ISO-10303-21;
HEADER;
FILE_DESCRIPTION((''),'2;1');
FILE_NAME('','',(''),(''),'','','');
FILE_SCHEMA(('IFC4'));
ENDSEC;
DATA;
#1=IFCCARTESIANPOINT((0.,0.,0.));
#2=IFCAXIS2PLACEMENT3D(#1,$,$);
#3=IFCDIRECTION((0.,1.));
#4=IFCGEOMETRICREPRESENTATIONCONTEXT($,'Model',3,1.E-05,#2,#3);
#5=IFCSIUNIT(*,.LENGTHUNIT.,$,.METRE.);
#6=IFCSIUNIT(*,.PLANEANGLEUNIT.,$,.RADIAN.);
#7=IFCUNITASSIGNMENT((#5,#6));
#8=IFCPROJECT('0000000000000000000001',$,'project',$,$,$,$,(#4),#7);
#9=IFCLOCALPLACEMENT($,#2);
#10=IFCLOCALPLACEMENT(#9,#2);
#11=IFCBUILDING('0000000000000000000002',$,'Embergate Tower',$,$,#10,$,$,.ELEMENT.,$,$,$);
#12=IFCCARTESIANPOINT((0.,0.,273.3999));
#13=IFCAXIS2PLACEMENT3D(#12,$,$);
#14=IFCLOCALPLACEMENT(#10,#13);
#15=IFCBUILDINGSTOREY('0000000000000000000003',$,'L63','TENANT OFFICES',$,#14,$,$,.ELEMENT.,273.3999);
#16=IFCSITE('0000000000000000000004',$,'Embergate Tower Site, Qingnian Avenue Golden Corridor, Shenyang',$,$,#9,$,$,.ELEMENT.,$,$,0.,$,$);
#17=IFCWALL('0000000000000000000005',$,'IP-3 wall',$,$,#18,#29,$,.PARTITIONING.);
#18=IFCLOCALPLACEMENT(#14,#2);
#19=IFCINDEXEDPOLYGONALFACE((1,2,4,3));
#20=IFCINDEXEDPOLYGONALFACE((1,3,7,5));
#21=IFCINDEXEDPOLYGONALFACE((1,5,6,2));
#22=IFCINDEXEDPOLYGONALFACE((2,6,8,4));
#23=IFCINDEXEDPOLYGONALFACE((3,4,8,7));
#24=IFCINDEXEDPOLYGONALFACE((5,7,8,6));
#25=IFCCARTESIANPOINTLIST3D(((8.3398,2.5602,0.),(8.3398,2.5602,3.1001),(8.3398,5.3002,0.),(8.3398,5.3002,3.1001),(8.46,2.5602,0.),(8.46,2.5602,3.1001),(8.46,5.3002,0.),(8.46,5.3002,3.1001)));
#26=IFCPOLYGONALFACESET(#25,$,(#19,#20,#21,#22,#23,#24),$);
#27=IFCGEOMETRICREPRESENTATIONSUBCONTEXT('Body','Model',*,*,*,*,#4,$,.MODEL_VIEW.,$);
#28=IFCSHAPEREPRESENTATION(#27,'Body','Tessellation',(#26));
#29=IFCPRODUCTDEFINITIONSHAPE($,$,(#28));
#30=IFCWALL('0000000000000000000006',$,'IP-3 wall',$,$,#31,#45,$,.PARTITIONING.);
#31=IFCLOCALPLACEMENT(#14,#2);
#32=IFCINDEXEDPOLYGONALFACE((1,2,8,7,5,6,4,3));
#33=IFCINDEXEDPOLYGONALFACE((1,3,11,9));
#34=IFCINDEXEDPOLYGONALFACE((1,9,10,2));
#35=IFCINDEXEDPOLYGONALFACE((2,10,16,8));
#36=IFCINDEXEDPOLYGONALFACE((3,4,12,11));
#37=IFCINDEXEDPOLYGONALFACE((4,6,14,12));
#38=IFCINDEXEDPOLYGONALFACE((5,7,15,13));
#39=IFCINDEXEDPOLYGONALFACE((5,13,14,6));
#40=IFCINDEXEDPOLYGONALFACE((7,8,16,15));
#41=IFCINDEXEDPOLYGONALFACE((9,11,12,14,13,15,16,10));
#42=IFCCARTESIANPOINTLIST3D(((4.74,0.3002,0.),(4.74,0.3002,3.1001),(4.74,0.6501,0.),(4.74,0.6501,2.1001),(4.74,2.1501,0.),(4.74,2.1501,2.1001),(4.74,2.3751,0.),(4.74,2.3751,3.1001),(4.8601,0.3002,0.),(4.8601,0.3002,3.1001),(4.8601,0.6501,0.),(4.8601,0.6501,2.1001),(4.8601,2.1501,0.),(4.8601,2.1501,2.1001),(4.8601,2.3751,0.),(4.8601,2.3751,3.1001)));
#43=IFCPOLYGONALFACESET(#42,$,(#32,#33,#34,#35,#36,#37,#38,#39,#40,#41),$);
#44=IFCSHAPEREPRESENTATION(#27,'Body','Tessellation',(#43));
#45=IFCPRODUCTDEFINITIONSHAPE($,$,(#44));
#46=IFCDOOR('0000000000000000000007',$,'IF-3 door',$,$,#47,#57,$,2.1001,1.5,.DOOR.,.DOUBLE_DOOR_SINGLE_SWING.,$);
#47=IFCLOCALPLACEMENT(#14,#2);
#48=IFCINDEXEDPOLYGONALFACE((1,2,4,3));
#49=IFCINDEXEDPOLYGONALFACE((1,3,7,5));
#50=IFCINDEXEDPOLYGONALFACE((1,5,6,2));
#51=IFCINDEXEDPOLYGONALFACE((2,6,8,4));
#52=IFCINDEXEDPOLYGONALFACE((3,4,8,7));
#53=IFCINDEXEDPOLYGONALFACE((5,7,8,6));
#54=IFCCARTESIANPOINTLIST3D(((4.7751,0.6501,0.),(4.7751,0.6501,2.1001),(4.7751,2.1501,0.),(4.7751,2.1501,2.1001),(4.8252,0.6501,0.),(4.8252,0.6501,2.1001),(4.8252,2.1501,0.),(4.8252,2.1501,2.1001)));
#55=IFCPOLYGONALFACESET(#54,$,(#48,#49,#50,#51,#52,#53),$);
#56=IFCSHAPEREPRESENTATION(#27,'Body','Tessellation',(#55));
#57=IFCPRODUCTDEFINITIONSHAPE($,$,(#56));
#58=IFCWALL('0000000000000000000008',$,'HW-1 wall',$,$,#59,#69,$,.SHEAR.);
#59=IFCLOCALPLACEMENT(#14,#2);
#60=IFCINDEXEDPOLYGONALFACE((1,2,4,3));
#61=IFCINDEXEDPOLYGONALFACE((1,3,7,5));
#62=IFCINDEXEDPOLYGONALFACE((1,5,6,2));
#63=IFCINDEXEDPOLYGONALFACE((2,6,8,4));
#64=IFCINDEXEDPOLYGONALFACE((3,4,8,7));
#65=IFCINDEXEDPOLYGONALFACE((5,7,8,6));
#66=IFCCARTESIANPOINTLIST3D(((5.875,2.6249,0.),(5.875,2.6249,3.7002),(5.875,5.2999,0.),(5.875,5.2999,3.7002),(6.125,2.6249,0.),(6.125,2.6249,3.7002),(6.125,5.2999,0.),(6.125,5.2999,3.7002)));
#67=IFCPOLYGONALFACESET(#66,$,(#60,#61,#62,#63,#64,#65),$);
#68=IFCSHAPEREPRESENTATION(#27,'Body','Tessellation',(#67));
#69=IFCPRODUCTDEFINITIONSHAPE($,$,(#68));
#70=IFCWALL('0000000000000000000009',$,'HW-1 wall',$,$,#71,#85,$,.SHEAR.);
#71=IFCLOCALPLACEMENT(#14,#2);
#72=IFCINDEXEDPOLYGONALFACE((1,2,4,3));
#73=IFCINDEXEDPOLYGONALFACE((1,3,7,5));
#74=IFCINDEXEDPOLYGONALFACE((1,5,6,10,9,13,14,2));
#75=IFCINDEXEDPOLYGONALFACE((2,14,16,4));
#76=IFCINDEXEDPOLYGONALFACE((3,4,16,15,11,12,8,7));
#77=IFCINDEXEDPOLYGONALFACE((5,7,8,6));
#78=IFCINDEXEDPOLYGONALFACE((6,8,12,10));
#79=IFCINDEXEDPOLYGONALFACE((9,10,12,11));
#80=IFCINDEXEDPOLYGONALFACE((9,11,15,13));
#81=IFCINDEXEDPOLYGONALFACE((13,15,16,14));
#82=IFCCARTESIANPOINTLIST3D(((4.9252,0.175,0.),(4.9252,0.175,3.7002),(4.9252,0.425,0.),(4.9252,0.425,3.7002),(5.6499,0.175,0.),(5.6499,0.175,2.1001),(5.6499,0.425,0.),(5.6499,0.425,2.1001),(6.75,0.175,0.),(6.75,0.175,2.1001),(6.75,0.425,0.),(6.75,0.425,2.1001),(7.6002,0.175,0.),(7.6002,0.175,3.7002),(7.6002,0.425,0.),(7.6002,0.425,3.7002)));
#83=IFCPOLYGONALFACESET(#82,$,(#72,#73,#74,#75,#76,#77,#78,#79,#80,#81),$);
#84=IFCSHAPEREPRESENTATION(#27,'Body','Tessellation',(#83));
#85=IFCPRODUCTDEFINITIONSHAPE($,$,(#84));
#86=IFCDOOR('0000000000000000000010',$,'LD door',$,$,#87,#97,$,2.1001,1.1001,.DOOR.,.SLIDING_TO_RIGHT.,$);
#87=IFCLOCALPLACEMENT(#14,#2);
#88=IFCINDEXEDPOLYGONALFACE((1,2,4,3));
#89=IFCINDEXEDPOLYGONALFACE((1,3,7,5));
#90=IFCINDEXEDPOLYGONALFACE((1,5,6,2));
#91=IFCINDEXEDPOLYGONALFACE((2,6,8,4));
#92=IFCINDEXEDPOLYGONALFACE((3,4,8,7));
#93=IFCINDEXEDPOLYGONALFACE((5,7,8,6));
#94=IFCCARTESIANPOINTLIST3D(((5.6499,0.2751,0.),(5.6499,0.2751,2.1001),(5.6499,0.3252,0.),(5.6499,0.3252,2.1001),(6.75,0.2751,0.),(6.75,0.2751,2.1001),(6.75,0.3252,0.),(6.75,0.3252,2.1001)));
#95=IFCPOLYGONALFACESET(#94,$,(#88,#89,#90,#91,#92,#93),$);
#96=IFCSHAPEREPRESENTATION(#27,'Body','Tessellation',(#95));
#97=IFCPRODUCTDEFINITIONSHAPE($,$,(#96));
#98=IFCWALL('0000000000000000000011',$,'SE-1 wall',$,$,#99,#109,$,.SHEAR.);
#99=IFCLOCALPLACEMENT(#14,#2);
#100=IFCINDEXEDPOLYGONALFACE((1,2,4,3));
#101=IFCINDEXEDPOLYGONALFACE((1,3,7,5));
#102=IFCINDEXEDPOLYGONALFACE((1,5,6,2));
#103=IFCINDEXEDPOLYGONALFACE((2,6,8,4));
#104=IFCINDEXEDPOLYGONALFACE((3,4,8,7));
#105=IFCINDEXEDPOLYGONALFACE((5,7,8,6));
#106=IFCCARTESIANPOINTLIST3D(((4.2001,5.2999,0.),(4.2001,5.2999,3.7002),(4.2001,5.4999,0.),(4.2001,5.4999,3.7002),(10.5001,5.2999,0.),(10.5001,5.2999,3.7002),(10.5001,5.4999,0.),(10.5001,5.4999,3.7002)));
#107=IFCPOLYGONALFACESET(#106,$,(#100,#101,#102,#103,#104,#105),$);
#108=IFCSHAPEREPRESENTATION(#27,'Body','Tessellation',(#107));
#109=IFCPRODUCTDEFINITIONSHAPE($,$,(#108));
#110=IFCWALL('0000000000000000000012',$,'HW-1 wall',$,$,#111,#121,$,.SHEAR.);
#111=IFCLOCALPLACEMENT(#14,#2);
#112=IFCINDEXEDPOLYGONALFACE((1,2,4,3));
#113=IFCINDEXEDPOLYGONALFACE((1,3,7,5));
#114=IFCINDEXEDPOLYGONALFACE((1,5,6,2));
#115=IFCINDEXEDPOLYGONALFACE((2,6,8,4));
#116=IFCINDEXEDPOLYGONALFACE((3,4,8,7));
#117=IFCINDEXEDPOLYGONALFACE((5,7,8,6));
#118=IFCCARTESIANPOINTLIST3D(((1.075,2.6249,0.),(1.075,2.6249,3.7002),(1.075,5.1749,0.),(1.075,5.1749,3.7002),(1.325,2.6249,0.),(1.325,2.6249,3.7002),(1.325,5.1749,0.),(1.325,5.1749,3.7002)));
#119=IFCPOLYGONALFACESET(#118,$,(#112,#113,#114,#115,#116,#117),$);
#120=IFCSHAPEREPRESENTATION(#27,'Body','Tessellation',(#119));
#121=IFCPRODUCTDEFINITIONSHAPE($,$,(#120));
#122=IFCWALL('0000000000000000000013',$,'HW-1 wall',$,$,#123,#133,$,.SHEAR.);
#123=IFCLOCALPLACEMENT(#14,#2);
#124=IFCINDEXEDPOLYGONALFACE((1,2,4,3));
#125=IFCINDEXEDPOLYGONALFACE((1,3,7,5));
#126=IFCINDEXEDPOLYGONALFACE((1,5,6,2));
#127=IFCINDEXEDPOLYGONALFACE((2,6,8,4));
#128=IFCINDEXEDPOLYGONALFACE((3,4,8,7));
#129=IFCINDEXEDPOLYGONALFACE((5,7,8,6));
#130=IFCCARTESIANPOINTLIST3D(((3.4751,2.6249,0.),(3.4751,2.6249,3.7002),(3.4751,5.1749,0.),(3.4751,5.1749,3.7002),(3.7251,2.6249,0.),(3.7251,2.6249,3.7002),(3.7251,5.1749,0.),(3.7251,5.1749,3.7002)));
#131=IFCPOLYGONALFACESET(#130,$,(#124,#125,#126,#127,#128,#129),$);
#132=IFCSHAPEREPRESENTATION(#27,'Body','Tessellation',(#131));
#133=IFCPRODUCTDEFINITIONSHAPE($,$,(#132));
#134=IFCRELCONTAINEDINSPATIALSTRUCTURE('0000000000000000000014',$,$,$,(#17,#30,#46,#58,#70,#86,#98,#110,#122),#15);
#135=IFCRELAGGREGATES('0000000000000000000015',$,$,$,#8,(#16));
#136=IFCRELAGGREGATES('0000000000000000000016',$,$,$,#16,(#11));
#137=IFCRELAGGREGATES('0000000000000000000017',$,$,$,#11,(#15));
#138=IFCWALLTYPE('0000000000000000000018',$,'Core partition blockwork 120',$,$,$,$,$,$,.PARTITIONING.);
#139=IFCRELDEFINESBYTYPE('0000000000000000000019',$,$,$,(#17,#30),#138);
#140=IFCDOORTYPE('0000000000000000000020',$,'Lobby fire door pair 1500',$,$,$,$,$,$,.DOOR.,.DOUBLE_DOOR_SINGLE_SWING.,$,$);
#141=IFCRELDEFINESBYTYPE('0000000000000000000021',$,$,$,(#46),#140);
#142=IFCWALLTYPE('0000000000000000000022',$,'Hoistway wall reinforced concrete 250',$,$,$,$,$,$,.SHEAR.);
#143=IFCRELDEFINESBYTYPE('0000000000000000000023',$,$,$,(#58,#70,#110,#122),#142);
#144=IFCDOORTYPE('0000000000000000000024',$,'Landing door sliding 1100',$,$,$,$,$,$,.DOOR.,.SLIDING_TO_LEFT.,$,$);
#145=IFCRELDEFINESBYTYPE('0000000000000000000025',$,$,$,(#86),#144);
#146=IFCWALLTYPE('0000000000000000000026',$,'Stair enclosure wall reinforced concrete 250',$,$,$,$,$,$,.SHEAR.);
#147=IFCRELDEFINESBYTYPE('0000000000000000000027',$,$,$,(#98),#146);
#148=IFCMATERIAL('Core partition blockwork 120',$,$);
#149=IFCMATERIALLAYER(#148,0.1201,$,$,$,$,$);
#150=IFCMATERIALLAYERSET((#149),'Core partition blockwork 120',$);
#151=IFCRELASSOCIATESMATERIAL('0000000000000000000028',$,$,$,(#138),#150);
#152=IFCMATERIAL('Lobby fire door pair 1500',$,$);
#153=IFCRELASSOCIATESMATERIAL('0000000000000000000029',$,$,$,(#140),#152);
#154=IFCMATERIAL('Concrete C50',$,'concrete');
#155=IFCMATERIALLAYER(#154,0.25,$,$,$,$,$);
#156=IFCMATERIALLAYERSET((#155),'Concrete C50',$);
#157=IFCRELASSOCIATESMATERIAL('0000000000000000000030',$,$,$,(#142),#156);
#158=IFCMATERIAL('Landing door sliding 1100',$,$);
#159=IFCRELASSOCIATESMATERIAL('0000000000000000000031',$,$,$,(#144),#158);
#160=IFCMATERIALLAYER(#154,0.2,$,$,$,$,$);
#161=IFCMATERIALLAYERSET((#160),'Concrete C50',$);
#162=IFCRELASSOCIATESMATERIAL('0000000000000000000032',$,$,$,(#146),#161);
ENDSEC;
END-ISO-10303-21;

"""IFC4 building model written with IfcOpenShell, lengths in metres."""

from ifc_helpers import new_model, si_unit, direction, frame, frame_2d, origin, place, context, subcontext, project, spatial, rectangle, extrude, source, transform, mapped, material, layer, layer_set, type_object, element, fill, save


model = new_model("IFC4")

# Units and contexts
model_context = context("Model", 3, precision=1e-05, world=origin(), true_north=direction((0.0, 1.0)))
body_context = subcontext(model_context, "Body", "Model", "MODEL_VIEW")
ifc_project = project(units=[si_unit("LENGTHUNIT", "METRE"), si_unit("PLANEANGLEUNIT", "RADIAN")], contexts=[model_context])

# Site, building, storey
site_placement = place(None, origin())
site = spatial("IfcSite", under=ifc_project, at=site_placement, Name="Embergate Tower Site, Qingnian Avenue Golden Corridor, Shenyang", CompositionType="ELEMENT", RefElevation=0.0)
building_placement = place(site_placement, origin())
building = spatial("IfcBuilding", under=site, at=building_placement, Name="Embergate Tower", CompositionType="ELEMENT")
storey_placement = place(building_placement, frame((0.0, 0.0, 273.3999)))
storey = spatial("IfcBuildingStorey", under=building, at=storey_placement, Name="L63", Description="TENANT OFFICES", CompositionType="ELEMENT", Elevation=273.3999)

# Wall
ifc_material_1 = material(Name="Core partition blockwork 120")
ifc_layer_1 = layer(ifc_material_1, 0.1201)
ifc_layer_set_1 = layer_set([ifc_layer_1], Name="Core partition blockwork 120")
wall_type_1 = type_object("IfcWallType", Name="Core partition blockwork 120", PredefinedType="PARTITIONING", material=ifc_layer_set_1)
shared_shape_1 = source(origin(), body_context, "Body", "SweptSolid", [
    extrude(rectangle(XDim=2.74, YDim=0.1201, at=frame_2d((1.3701, 0.0))), origin(), (0.0, 0.0, 1.0), 3.1001),
])
wall_1_placement = place(storey_placement, frame((8.3999, 2.5601, 0.0), z_axis=(0.0, 0.0, 1.0), x_axis=(0.0, 1.0, 0.0)))
element("IfcWall", 1, at=wall_1_placement, inside=storey, type_object=wall_type_1, Name="IP-3 wall", PredefinedType="PARTITIONING", context=body_context, shape_type="MappedRepresentation", body=[
    mapped(shared_shape_1, transform((0.0, 0.0, 0.0))),
])

# Wall, opening, door
shared_shape_2 = source(origin(), body_context, "Body", "SweptSolid", [
    extrude(rectangle(XDim=2.075, YDim=0.1201, at=frame_2d((1.0376, 0.0))), origin(), (0.0, 0.0, 1.0), 3.1001),
])
wall_2_placement = place(storey_placement, frame((4.8, 0.3, 0.0), z_axis=(0.0, 0.0, 1.0), x_axis=(0.0, 1.0, 0.0)))
wall_2 = element("IfcWall", 2, at=wall_2_placement, inside=storey, type_object=wall_type_1, Name="IP-3 wall", PredefinedType="PARTITIONING", context=body_context, shape_type="MappedRepresentation", body=[
    mapped(shared_shape_2, transform((0.0, 0.0, 0.0))),
])
shared_shape_3 = source(origin(), body_context, "Body", "SweptSolid", [
    extrude(rectangle(XDim=1.5, YDim=2.1001, at=frame_2d((0.75, 1.05))), frame((0.0, 0.0701, 0.0), z_axis=(0.0, -1.0, 0.0), x_axis=(1.0, 0.0, 0.0)), (0.0, 0.0, 1.0), 0.1401),
])
opening_1_placement = place(wall_2_placement, frame((0.3501, 0.0, 0.0)))
opening_1 = element("IfcOpeningElement", 3, at=opening_1_placement, cuts=wall_2, PredefinedType="OPENING", context=body_context, shape_type="MappedRepresentation", body=[
    mapped(shared_shape_3, transform((0.0, 0.0, 0.0))),
])
ifc_material_2 = material(Name="Lobby fire door pair 1500")
door_type_1 = type_object("IfcDoorType", Name="Lobby fire door pair 1500", OperationType="DOUBLE_DOOR_SINGLE_SWING", PredefinedType="DOOR", material=ifc_material_2)
shared_shape_4 = source(origin(), body_context, "Body", "SweptSolid", [
    extrude(rectangle(XDim=1.5, YDim=2.1001, at=frame_2d((0.75, 1.05))), frame((0.0, 0.0249, 0.0), z_axis=(0.0, -1.0, 0.0), x_axis=(1.0, 0.0, 0.0)), (0.0, 0.0, 1.0), 0.05),
])
door_1_placement = place(opening_1_placement, origin())
door_1 = element("IfcDoor", 4, at=door_1_placement, inside=storey, type_object=door_type_1, Name="IF-3 door", OperationType="DOUBLE_DOOR_SINGLE_SWING", OverallHeight=2.1001, OverallWidth=1.5, PredefinedType="DOOR", context=body_context, shape_type="MappedRepresentation", body=[
    mapped(shared_shape_4, transform((0.0, 0.0, 0.0))),
])
fill(opening_1, door_1)

# Wall
ifc_material_3 = material(Name="Concrete C50", Category="concrete")
ifc_layer_2 = layer(ifc_material_3, 0.25)
ifc_layer_set_2 = layer_set([ifc_layer_2], Name="Concrete C50")
wall_type_2 = type_object("IfcWallType", Name="Hoistway wall reinforced concrete 250", PredefinedType="SHEAR", material=ifc_layer_set_2)
shared_shape_5 = source(origin(), body_context, "Body", "SweptSolid", [
    extrude(rectangle(XDim=2.675, YDim=0.25, at=frame_2d((1.3374, 0.0))), origin(), (0.0, 0.0, 1.0), 3.7002),
])
wall_3_placement = place(storey_placement, frame((6.0, 2.625, 0.0), z_axis=(0.0, 0.0, 1.0), x_axis=(0.0, 1.0, 0.0)))
element("IfcWall", 5, at=wall_3_placement, inside=storey, type_object=wall_type_2, Name="HW-1 wall", PredefinedType="SHEAR", context=body_context, shape_type="MappedRepresentation", body=[
    mapped(shared_shape_5, transform((0.0, 0.0, 0.0))),
])

# Wall, opening, door
wall_4_placement = place(storey_placement, frame((7.6001, 0.3, 0.0), z_axis=(0.0, 0.0, 1.0), x_axis=(-1.0, 0.0, 0.0)))
wall_4 = element("IfcWall", 6, at=wall_4_placement, inside=storey, type_object=wall_type_2, Name="HW-1 wall", PredefinedType="SHEAR", context=body_context, shape_type="MappedRepresentation", body=[
    mapped(shared_shape_5, transform((0.0, 0.0, 0.0))),
])
shared_shape_6 = source(origin(), body_context, "Body", "SweptSolid", [
    extrude(rectangle(XDim=1.1001, YDim=2.1001, at=frame_2d((0.55, 1.05))), frame((0.0, 0.135, 0.0), z_axis=(0.0, -1.0, 0.0), x_axis=(1.0, 0.0, 0.0)), (0.0, 0.0, 1.0), 0.27),
])
opening_2_placement = place(wall_4_placement, frame((0.8501, 0.0, 0.0)))
opening_2 = element("IfcOpeningElement", 7, at=opening_2_placement, cuts=wall_4, PredefinedType="OPENING", context=body_context, shape_type="MappedRepresentation", body=[
    mapped(shared_shape_6, transform((0.0, 0.0, 0.0))),
])
ifc_material_4 = material(Name="Landing door sliding 1100")
door_type_2 = type_object("IfcDoorType", Name="Landing door sliding 1100", OperationType="SLIDING_TO_LEFT", PredefinedType="DOOR", material=ifc_material_4)
shared_shape_7 = source(origin(), body_context, "Body", "SweptSolid", [
    extrude(rectangle(XDim=1.1001, YDim=2.1001, at=frame_2d((0.55, 1.05))), frame((0.0, 0.0249, 0.0), z_axis=(0.0, -1.0, 0.0), x_axis=(1.0, 0.0, 0.0)), (0.0, 0.0, 1.0), 0.05),
])
door_2_placement = place(opening_2_placement, origin())
door_2 = element("IfcDoor", 8, at=door_2_placement, inside=storey, type_object=door_type_2, Name="LD door", OperationType="SLIDING_TO_RIGHT", OverallHeight=2.1001, OverallWidth=1.1001, PredefinedType="DOOR", context=body_context, shape_type="MappedRepresentation", body=[
    mapped(shared_shape_7, transform((0.0, 0.0, 0.0))),
])
fill(opening_2, door_2)

# Walls
ifc_layer_3 = layer(ifc_material_3, 0.2)
ifc_layer_set_3 = layer_set([ifc_layer_3], Name="Concrete C50")
wall_type_3 = type_object("IfcWallType", Name="Stair enclosure wall reinforced concrete 250", PredefinedType="SHEAR", material=ifc_layer_set_3)
shared_shape_8 = source(origin(), body_context, "Body", "SweptSolid", [
    extrude(rectangle(XDim=6.3, YDim=0.2, at=frame_2d((3.1499, 0.0))), origin(), (0.0, 0.0, 1.0), 3.7002),
])
wall_5_placement = place(storey_placement, frame((10.5, 5.3999, 0.0), z_axis=(0.0, 0.0, 1.0), x_axis=(-1.0, 0.0, 0.0)))
element("IfcWall", 9, at=wall_5_placement, inside=storey, type_object=wall_type_3, Name="SE-1 wall", PredefinedType="SHEAR", context=body_context, shape_type="MappedRepresentation", body=[
    mapped(shared_shape_8, transform((0.0, 0.0, 0.0))),
])
shared_shape_9 = source(origin(), body_context, "Body", "SweptSolid", [
    extrude(rectangle(XDim=2.55, YDim=0.25, at=frame_2d((1.2749, 0.0))), origin(), (0.0, 0.0, 1.0), 3.7002),
])
for number, where, z_axis, x_axis, name in (
    (10, (1.2, 2.625, 0.0), (0.0, 0.0, 1.0), (0.0, 1.0, 0.0), "HW-1 wall"),
    (11, (3.6001, 2.625, 0.0), (0.0, 0.0, 1.0), (0.0, 1.0, 0.0), "HW-1 wall"),
):
    element("IfcWall", number, at=place(storey_placement, frame(where, z_axis=z_axis, x_axis=x_axis)), inside=storey, type_object=wall_type_2, Name=name, PredefinedType="SHEAR", context=body_context, shape_type="MappedRepresentation", body=[
        mapped(shared_shape_9, transform((0.0, 0.0, 0.0))),
    ])

save(model, "model.ifc")
